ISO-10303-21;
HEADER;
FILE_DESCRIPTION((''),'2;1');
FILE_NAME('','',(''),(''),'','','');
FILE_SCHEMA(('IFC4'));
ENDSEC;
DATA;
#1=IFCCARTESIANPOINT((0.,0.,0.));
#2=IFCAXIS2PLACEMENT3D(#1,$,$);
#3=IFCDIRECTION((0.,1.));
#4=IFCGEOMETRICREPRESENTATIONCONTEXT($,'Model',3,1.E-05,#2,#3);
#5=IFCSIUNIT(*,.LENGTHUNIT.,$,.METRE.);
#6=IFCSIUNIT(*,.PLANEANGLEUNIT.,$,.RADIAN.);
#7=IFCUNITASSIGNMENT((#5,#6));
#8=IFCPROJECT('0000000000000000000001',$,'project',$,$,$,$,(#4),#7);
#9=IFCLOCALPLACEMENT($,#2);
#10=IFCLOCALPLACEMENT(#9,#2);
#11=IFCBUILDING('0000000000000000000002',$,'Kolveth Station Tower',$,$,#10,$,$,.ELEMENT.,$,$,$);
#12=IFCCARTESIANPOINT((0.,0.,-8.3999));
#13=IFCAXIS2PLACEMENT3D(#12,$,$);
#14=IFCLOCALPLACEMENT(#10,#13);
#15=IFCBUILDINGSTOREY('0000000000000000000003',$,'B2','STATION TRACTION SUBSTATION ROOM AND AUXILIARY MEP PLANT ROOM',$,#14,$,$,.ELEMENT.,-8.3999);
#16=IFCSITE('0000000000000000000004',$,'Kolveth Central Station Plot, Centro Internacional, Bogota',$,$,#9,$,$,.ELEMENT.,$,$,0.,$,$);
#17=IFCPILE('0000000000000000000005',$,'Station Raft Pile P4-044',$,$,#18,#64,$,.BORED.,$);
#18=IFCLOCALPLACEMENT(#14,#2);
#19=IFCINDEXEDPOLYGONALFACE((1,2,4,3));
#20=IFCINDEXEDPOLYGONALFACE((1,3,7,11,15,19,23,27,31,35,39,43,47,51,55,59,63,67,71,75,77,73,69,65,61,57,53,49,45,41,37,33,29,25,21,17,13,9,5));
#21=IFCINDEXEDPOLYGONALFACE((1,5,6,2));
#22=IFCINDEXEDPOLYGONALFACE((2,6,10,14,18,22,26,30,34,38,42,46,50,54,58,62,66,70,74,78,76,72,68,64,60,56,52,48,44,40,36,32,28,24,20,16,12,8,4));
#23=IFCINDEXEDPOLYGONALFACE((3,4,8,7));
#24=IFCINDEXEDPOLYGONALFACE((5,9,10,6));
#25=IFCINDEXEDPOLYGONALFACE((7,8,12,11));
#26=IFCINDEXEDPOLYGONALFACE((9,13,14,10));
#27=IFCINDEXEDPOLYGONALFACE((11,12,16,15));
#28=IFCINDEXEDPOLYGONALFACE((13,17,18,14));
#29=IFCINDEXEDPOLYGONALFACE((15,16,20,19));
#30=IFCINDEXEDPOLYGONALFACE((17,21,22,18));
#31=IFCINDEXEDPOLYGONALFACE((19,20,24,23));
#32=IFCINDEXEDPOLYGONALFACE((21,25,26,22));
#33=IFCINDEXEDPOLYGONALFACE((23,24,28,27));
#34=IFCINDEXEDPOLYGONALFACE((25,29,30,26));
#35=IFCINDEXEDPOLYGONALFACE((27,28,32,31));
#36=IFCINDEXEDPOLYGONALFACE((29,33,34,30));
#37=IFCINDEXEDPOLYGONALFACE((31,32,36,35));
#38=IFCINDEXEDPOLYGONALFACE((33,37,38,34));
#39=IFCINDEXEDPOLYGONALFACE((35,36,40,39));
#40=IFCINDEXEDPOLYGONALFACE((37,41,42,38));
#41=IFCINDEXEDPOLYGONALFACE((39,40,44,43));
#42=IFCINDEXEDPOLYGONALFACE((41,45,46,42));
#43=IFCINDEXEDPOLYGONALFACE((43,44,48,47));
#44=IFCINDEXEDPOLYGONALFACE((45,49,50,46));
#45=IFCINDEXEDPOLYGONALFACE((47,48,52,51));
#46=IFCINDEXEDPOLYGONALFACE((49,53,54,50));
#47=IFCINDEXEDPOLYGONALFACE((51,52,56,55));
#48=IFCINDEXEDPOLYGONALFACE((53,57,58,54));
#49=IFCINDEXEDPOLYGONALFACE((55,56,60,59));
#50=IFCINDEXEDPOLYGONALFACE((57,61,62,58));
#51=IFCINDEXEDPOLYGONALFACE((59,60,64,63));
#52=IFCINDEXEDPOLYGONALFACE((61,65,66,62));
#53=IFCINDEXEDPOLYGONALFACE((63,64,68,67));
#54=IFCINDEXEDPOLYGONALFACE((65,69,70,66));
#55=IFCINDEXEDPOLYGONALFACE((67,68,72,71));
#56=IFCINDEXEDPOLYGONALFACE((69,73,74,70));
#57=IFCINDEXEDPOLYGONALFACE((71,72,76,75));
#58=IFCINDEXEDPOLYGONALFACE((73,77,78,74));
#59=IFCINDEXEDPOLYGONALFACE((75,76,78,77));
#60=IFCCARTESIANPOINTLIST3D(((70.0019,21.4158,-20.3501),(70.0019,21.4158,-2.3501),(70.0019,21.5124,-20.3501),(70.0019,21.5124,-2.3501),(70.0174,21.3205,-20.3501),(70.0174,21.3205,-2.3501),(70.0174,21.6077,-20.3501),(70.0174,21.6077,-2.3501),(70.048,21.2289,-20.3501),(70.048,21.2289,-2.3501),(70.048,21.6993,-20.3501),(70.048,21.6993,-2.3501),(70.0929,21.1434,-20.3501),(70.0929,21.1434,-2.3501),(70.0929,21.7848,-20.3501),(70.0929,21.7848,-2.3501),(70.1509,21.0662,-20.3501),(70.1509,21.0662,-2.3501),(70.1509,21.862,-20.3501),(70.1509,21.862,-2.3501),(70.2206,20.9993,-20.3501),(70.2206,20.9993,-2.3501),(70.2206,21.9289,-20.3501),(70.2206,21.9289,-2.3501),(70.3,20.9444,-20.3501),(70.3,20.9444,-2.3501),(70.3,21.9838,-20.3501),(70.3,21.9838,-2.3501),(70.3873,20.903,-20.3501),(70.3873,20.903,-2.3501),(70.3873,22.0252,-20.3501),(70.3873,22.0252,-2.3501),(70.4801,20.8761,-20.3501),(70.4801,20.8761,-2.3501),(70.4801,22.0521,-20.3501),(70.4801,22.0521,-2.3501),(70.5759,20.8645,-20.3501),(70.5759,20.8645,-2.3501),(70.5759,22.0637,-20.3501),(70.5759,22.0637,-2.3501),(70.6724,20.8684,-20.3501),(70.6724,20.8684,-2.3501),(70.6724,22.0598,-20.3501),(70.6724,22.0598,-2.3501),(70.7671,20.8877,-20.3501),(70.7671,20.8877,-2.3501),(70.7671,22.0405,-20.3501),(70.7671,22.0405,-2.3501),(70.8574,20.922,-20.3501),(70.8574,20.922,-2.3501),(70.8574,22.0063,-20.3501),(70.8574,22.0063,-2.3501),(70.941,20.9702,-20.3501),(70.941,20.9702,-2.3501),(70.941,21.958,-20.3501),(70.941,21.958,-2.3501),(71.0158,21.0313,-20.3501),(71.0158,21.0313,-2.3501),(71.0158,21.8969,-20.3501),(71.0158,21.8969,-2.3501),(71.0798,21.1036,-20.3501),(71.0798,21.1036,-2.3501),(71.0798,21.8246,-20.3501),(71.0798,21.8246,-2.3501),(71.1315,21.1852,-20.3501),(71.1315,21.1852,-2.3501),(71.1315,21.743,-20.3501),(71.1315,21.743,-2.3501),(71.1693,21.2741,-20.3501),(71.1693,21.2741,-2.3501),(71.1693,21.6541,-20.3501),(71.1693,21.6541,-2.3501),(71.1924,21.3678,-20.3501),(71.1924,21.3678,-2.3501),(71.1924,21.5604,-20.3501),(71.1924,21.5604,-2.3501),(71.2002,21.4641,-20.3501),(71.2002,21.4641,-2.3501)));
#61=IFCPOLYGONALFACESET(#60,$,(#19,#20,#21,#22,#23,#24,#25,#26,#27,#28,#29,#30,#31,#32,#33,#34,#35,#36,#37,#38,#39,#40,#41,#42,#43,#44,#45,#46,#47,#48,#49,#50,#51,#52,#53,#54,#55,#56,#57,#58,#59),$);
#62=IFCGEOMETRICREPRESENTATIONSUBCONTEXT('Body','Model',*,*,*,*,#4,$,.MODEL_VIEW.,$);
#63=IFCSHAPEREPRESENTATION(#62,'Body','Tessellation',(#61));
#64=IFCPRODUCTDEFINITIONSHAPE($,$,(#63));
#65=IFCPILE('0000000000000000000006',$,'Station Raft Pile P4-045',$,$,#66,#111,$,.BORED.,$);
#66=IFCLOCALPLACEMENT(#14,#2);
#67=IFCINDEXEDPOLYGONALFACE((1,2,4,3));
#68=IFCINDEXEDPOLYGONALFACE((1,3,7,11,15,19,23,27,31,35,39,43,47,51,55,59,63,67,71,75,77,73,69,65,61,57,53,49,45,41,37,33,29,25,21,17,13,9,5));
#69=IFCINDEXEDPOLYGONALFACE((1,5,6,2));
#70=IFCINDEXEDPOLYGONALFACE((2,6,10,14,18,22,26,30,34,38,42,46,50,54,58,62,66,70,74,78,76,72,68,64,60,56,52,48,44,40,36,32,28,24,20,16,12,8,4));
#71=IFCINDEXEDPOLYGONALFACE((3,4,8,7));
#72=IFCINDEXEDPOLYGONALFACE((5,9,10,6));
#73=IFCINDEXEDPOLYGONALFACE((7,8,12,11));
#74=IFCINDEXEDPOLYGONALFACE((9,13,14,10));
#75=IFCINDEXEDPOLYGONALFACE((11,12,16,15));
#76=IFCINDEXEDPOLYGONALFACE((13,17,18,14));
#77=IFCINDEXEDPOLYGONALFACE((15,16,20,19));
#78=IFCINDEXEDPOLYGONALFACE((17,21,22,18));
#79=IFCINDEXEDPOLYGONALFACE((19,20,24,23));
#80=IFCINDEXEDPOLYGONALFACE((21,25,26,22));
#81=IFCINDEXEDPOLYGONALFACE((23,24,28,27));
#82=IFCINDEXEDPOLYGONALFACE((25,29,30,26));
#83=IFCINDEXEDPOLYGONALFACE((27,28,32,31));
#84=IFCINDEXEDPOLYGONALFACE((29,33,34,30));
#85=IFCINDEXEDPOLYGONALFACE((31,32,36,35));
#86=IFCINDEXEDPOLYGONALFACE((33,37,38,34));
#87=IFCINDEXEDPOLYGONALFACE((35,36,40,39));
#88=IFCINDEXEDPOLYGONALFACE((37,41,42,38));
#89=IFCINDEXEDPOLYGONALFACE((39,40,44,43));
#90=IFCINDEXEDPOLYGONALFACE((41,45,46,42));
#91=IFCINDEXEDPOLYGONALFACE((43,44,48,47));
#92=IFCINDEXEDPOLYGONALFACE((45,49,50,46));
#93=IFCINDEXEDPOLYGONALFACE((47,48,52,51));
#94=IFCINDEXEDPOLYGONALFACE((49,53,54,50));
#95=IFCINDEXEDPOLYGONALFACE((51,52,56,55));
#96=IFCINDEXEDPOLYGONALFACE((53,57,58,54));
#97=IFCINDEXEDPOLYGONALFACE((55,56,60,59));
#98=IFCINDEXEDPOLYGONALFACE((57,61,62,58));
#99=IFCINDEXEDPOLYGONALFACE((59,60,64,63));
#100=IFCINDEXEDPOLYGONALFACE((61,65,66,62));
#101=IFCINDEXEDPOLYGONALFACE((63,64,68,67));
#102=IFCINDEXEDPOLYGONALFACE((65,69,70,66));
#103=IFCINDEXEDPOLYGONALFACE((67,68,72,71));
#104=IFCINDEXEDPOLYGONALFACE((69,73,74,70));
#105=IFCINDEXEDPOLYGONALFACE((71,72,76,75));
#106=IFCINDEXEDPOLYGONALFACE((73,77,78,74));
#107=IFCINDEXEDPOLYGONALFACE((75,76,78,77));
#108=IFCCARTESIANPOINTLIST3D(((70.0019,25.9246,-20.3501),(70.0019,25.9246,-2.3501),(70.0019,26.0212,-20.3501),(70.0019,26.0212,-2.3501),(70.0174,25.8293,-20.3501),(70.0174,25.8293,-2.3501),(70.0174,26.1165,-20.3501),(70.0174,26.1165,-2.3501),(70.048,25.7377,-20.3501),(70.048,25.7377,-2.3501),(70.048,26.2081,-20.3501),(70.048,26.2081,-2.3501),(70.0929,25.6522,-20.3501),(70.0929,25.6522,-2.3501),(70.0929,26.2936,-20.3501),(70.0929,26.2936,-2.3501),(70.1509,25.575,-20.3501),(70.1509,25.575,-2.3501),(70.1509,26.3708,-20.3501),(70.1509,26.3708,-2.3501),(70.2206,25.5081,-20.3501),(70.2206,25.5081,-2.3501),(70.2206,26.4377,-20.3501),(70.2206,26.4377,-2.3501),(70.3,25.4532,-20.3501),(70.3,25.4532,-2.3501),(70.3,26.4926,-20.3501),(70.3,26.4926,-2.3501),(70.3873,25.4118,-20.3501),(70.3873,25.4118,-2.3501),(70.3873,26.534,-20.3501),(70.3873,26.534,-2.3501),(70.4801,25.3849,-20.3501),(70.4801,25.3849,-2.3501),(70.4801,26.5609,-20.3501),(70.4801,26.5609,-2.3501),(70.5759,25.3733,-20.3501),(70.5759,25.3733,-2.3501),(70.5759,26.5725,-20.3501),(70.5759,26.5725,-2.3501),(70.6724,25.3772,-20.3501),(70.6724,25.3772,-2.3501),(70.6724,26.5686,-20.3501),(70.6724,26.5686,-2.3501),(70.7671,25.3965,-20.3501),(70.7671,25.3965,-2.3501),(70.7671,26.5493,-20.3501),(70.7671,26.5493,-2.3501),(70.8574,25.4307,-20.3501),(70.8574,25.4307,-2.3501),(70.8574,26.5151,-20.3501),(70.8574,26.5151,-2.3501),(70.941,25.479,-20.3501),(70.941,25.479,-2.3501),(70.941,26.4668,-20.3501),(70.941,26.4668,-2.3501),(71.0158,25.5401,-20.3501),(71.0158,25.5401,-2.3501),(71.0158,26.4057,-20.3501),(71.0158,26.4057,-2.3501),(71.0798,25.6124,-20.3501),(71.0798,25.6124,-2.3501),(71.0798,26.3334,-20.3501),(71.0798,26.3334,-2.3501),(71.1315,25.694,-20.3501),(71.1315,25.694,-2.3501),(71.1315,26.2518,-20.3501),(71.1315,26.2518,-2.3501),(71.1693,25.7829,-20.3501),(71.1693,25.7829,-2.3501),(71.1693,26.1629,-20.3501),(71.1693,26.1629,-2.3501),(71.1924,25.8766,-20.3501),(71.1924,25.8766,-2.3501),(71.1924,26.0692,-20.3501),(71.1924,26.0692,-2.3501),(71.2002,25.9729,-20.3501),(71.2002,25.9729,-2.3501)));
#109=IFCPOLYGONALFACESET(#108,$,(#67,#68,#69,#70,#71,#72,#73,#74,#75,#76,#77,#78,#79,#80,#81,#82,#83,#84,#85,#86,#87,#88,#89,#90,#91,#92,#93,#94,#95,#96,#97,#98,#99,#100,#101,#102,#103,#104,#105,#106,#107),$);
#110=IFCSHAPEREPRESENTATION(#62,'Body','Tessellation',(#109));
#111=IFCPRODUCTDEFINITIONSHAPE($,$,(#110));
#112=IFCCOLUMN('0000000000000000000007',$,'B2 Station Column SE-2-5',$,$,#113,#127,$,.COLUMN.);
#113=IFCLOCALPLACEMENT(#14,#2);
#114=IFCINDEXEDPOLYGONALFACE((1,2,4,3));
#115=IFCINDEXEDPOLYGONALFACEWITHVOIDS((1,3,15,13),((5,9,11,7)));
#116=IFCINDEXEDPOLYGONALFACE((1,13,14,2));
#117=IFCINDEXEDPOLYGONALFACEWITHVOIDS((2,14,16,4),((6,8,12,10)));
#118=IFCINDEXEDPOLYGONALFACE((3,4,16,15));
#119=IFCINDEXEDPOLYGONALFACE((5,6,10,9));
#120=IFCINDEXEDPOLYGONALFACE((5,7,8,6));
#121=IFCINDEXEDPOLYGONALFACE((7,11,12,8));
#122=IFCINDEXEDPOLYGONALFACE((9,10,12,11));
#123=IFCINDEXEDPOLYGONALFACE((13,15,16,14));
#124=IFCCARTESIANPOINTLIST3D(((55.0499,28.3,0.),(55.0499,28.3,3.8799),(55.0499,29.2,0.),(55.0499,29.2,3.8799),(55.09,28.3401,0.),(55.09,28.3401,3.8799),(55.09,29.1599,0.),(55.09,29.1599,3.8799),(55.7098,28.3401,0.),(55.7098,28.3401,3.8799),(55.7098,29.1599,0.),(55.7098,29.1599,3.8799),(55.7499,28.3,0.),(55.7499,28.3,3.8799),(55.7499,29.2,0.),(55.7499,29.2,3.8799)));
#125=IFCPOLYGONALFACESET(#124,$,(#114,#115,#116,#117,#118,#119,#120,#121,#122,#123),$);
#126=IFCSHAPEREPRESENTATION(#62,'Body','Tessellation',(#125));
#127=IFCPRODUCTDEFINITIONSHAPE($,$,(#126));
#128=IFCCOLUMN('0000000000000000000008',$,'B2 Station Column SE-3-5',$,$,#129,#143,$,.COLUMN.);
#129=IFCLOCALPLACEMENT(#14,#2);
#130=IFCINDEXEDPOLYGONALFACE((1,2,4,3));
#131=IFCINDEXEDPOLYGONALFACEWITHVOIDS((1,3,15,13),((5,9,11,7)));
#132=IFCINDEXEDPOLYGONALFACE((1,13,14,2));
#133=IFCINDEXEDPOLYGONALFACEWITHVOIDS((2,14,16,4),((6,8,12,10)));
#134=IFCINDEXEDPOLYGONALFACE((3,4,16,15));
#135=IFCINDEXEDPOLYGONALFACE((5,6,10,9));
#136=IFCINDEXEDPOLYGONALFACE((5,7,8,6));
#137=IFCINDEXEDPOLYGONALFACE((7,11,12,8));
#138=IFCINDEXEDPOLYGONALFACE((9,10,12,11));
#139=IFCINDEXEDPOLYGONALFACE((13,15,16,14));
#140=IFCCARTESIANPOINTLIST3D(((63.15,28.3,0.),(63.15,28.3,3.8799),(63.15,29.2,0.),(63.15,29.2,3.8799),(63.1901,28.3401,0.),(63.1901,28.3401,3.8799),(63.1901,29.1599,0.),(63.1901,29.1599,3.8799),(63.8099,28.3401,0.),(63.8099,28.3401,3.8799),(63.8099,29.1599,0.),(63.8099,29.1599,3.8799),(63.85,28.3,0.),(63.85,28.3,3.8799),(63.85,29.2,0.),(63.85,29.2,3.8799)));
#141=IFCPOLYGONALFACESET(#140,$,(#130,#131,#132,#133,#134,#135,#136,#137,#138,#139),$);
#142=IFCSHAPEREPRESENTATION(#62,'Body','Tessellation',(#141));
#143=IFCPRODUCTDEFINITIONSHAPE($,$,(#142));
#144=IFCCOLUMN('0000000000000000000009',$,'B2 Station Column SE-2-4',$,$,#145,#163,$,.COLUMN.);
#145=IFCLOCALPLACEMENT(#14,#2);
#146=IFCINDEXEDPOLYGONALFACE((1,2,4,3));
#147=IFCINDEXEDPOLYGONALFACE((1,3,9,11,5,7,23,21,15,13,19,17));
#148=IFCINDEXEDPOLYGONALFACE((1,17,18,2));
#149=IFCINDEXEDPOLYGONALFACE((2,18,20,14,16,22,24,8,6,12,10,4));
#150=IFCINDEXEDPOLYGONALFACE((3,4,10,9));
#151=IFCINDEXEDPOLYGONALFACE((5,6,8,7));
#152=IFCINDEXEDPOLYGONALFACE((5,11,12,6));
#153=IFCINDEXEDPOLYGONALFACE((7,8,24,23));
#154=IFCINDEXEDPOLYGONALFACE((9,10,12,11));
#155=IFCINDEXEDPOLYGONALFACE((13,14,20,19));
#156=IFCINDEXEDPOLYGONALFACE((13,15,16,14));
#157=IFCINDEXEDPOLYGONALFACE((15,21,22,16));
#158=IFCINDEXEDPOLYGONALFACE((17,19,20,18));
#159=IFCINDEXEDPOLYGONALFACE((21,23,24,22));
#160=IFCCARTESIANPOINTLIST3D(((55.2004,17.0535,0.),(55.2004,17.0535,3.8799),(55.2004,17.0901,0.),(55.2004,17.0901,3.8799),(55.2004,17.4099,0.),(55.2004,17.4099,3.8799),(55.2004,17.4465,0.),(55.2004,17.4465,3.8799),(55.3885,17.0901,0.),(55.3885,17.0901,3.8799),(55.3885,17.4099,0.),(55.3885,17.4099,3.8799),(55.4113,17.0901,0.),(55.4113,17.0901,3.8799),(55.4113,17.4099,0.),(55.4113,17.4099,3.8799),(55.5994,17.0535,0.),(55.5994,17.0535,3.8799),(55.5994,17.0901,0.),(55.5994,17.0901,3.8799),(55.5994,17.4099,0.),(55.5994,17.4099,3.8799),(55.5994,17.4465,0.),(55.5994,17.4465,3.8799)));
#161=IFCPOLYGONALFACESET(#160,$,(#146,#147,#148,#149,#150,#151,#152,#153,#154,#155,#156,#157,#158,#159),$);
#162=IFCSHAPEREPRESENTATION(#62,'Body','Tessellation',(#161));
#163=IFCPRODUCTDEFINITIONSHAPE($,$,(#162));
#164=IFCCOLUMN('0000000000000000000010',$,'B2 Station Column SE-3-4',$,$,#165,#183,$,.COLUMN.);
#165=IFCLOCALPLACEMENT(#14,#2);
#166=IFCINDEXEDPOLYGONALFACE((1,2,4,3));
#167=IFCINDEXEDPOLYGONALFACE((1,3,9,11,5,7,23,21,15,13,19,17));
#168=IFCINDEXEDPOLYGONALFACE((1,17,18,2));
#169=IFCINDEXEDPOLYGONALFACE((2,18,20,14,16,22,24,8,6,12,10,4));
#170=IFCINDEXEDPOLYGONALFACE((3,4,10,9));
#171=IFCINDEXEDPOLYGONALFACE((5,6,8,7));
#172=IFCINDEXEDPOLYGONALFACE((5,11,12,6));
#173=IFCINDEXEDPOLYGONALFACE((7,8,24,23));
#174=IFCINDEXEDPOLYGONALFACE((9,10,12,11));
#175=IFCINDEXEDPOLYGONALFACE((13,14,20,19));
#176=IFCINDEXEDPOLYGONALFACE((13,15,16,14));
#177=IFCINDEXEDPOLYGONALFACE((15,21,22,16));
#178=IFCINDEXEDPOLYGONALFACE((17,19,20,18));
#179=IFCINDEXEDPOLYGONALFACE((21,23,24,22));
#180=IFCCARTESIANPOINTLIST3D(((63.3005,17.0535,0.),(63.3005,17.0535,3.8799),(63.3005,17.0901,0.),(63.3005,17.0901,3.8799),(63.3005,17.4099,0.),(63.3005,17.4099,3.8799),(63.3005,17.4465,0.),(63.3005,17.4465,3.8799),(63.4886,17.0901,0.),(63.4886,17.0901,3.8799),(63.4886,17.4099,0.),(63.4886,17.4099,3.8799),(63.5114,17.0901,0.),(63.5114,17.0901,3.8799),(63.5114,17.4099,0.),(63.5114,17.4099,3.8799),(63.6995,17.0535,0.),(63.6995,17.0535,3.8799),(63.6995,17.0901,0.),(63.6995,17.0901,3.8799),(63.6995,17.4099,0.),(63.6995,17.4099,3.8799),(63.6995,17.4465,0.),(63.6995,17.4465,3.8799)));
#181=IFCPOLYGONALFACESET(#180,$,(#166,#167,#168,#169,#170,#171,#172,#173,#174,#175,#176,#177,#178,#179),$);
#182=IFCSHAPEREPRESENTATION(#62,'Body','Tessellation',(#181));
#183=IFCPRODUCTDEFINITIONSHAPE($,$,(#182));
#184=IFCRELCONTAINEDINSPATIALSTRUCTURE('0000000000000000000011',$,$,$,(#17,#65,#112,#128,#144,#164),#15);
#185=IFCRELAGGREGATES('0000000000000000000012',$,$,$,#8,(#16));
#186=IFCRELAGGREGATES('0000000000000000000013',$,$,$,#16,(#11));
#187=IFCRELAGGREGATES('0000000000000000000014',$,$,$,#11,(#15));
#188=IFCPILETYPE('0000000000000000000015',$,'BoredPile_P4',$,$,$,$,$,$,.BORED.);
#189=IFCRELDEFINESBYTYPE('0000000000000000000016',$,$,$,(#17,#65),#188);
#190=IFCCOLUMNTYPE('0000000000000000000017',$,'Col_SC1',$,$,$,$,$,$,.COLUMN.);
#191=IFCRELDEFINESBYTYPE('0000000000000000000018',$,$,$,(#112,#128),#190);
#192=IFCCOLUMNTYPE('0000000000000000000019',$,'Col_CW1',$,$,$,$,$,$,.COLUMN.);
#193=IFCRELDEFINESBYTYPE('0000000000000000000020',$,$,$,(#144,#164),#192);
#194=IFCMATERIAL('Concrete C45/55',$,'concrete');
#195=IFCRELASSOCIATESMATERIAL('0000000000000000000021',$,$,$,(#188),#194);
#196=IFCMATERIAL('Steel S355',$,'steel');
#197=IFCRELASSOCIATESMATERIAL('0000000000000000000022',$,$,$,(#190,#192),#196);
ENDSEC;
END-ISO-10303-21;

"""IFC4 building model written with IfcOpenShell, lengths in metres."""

from ifc_helpers import new_model, si_unit, direction, frame, origin, origin_2d, place, context, subcontext, project, spatial, hollow_rectangle, circle, i_section, extrude, source, transform, mapped, material, material_profile, profile_set, type_object, element, save


model = new_model("IFC4")

# Units and contexts
model_context = context("Model", 3, precision=1e-05, world=origin(), true_north=direction((0.0, 1.0)))
body_context = subcontext(model_context, "Body", "Model", "MODEL_VIEW")
ifc_project = project(units=[si_unit("LENGTHUNIT", "METRE"), si_unit("PLANEANGLEUNIT", "RADIAN")], contexts=[model_context])

# Site, building, storey
site_placement = place(None, origin())
site = spatial("IfcSite", under=ifc_project, at=site_placement, Name="Kolveth Central Station Plot, Centro Internacional, Bogota", CompositionType="ELEMENT", RefElevation=0.0)
building_placement = place(site_placement, origin())
building = spatial("IfcBuilding", under=site, at=building_placement, Name="Kolveth Station Tower", CompositionType="ELEMENT")
storey_placement = place(building_placement, frame((0.0, 0.0, -8.3999)))
storey = spatial("IfcBuildingStorey", under=building, at=storey_placement, Name="B2", Description="STATION TRACTION SUBSTATION ROOM AND AUXILIARY MEP PLANT ROOM", CompositionType="ELEMENT", Elevation=-8.3999)

# Piles
ifc_material_1 = material(Name="Concrete C45/55", Category="concrete")
ifc_material_profile_1 = material_profile(ifc_material_1, circle(Radius=0.6001, at=origin_2d()), Name="PILE-D1200")
ifc_profile_set_1 = profile_set([ifc_material_profile_1], Name="Concrete C45/55")
pile_type = type_object("IfcPileType", Name="BoredPile_P4", PredefinedType="BORED", material=ifc_profile_set_1)
shared_shape_1 = source(origin(), body_context, "Body", "SweptSolid", [
    extrude(circle(Radius=0.6001, at=origin_2d()), origin(), (0.0, 0.0, 1.0), 18.0),
])
for number, where, z_axis, x_axis, name in (
    (1, (70.6001, 21.4641, -2.3501), (0.0, 0.0, -1.0), (1.0, 0.0, 0.0), "Station Raft Pile P4-044"),
    (2, (70.6001, 25.9729, -2.3501), (0.0, 0.0, -1.0), (1.0, 0.0, 0.0), "Station Raft Pile P4-045"),
):
    element("IfcPile", number, at=place(storey_placement, frame(where, z_axis=z_axis, x_axis=x_axis)), inside=storey, type_object=pile_type, Name=name, PredefinedType="BORED", context=body_context, shape_type="MappedRepresentation", body=[
        mapped(shared_shape_1, transform((0.0, 0.0, 0.0), x_axis=(1.0, 0.0, 0.0), y_axis=(0.0, 1.0, 0.0), z_axis=(0.0, 0.0, 1.0), scale=1.0)),
    ])

# Columns
ifc_material_2 = material(Name="Steel S355", Category="steel")
ifc_material_profile_2 = material_profile(ifc_material_2, hollow_rectangle(XDim=0.7, YDim=0.8999, WallThickness=0.04, at=origin_2d()), Name="BOX900x700x40")
ifc_profile_set_2 = profile_set([ifc_material_profile_2], Name="Steel S355")
column_type_1 = type_object("IfcColumnType", Name="Col_SC1", PredefinedType="COLUMN", material=ifc_profile_set_2)
shared_shape_2 = source(origin(), body_context, "Body", "SweptSolid", [
    extrude(hollow_rectangle(XDim=0.7, YDim=0.8999, WallThickness=0.04, at=origin_2d()), origin(), (0.0, 0.0, 1.0), 3.8799),
])
for number, where, z_axis, x_axis, name in (
    (3, (55.3999, 28.75, 0.0), (0.0, 0.0, 1.0), (1.0, 0.0, 0.0), "B2 Station Column SE-2-5"),
    (4, (63.5, 28.75, 0.0), (0.0, 0.0, 1.0), (1.0, 0.0, 0.0), "B2 Station Column SE-3-5"),
):
    element("IfcColumn", number, at=place(storey_placement, frame(where, z_axis=z_axis, x_axis=x_axis)), inside=storey, type_object=column_type_1, Name=name, PredefinedType="COLUMN", context=body_context, shape_type="MappedRepresentation", body=[
        mapped(shared_shape_2, transform((0.0, 0.0, 0.0), x_axis=(1.0, 0.0, 0.0), y_axis=(0.0, 1.0, 0.0), z_axis=(0.0, 0.0, 1.0), scale=1.0)),
    ])
ifc_material_profile_3 = material_profile(ifc_material_2, i_section(OverallWidth=0.3989, OverallDepth=0.3931, WebThickness=0.0227, FlangeThickness=0.0366, at=origin_2d()), Name="W360x287")
ifc_profile_set_3 = profile_set([ifc_material_profile_3], Name="Steel S355")
column_type_2 = type_object("IfcColumnType", Name="Col_CW1", PredefinedType="COLUMN", material=ifc_profile_set_3)
shared_shape_3 = source(origin(), body_context, "Body", "SweptSolid", [
    extrude(i_section(OverallWidth=0.3989, OverallDepth=0.3931, WebThickness=0.0227, FlangeThickness=0.0366, at=origin_2d()), origin(), (0.0, 0.0, 1.0), 3.8799),
])
for number, where, z_axis, x_axis, name in (
    (5, (55.3999, 17.25, 0.0), (0.0, 0.0, 1.0), (1.0, 0.0, 0.0), "B2 Station Column SE-2-4"),
    (6, (63.5, 17.25, 0.0), (0.0, 0.0, 1.0), (1.0, 0.0, 0.0), "B2 Station Column SE-3-4"),
):
    element("IfcColumn", number, at=place(storey_placement, frame(where, z_axis=z_axis, x_axis=x_axis)), inside=storey, type_object=column_type_2, Name=name, PredefinedType="COLUMN", context=body_context, shape_type="MappedRepresentation", body=[
        mapped(shared_shape_3, transform((0.0, 0.0, 0.0), x_axis=(1.0, 0.0, 0.0), y_axis=(0.0, 1.0, 0.0), z_axis=(0.0, 0.0, 1.0), scale=1.0)),
    ])

save(model, "model.ifc")
